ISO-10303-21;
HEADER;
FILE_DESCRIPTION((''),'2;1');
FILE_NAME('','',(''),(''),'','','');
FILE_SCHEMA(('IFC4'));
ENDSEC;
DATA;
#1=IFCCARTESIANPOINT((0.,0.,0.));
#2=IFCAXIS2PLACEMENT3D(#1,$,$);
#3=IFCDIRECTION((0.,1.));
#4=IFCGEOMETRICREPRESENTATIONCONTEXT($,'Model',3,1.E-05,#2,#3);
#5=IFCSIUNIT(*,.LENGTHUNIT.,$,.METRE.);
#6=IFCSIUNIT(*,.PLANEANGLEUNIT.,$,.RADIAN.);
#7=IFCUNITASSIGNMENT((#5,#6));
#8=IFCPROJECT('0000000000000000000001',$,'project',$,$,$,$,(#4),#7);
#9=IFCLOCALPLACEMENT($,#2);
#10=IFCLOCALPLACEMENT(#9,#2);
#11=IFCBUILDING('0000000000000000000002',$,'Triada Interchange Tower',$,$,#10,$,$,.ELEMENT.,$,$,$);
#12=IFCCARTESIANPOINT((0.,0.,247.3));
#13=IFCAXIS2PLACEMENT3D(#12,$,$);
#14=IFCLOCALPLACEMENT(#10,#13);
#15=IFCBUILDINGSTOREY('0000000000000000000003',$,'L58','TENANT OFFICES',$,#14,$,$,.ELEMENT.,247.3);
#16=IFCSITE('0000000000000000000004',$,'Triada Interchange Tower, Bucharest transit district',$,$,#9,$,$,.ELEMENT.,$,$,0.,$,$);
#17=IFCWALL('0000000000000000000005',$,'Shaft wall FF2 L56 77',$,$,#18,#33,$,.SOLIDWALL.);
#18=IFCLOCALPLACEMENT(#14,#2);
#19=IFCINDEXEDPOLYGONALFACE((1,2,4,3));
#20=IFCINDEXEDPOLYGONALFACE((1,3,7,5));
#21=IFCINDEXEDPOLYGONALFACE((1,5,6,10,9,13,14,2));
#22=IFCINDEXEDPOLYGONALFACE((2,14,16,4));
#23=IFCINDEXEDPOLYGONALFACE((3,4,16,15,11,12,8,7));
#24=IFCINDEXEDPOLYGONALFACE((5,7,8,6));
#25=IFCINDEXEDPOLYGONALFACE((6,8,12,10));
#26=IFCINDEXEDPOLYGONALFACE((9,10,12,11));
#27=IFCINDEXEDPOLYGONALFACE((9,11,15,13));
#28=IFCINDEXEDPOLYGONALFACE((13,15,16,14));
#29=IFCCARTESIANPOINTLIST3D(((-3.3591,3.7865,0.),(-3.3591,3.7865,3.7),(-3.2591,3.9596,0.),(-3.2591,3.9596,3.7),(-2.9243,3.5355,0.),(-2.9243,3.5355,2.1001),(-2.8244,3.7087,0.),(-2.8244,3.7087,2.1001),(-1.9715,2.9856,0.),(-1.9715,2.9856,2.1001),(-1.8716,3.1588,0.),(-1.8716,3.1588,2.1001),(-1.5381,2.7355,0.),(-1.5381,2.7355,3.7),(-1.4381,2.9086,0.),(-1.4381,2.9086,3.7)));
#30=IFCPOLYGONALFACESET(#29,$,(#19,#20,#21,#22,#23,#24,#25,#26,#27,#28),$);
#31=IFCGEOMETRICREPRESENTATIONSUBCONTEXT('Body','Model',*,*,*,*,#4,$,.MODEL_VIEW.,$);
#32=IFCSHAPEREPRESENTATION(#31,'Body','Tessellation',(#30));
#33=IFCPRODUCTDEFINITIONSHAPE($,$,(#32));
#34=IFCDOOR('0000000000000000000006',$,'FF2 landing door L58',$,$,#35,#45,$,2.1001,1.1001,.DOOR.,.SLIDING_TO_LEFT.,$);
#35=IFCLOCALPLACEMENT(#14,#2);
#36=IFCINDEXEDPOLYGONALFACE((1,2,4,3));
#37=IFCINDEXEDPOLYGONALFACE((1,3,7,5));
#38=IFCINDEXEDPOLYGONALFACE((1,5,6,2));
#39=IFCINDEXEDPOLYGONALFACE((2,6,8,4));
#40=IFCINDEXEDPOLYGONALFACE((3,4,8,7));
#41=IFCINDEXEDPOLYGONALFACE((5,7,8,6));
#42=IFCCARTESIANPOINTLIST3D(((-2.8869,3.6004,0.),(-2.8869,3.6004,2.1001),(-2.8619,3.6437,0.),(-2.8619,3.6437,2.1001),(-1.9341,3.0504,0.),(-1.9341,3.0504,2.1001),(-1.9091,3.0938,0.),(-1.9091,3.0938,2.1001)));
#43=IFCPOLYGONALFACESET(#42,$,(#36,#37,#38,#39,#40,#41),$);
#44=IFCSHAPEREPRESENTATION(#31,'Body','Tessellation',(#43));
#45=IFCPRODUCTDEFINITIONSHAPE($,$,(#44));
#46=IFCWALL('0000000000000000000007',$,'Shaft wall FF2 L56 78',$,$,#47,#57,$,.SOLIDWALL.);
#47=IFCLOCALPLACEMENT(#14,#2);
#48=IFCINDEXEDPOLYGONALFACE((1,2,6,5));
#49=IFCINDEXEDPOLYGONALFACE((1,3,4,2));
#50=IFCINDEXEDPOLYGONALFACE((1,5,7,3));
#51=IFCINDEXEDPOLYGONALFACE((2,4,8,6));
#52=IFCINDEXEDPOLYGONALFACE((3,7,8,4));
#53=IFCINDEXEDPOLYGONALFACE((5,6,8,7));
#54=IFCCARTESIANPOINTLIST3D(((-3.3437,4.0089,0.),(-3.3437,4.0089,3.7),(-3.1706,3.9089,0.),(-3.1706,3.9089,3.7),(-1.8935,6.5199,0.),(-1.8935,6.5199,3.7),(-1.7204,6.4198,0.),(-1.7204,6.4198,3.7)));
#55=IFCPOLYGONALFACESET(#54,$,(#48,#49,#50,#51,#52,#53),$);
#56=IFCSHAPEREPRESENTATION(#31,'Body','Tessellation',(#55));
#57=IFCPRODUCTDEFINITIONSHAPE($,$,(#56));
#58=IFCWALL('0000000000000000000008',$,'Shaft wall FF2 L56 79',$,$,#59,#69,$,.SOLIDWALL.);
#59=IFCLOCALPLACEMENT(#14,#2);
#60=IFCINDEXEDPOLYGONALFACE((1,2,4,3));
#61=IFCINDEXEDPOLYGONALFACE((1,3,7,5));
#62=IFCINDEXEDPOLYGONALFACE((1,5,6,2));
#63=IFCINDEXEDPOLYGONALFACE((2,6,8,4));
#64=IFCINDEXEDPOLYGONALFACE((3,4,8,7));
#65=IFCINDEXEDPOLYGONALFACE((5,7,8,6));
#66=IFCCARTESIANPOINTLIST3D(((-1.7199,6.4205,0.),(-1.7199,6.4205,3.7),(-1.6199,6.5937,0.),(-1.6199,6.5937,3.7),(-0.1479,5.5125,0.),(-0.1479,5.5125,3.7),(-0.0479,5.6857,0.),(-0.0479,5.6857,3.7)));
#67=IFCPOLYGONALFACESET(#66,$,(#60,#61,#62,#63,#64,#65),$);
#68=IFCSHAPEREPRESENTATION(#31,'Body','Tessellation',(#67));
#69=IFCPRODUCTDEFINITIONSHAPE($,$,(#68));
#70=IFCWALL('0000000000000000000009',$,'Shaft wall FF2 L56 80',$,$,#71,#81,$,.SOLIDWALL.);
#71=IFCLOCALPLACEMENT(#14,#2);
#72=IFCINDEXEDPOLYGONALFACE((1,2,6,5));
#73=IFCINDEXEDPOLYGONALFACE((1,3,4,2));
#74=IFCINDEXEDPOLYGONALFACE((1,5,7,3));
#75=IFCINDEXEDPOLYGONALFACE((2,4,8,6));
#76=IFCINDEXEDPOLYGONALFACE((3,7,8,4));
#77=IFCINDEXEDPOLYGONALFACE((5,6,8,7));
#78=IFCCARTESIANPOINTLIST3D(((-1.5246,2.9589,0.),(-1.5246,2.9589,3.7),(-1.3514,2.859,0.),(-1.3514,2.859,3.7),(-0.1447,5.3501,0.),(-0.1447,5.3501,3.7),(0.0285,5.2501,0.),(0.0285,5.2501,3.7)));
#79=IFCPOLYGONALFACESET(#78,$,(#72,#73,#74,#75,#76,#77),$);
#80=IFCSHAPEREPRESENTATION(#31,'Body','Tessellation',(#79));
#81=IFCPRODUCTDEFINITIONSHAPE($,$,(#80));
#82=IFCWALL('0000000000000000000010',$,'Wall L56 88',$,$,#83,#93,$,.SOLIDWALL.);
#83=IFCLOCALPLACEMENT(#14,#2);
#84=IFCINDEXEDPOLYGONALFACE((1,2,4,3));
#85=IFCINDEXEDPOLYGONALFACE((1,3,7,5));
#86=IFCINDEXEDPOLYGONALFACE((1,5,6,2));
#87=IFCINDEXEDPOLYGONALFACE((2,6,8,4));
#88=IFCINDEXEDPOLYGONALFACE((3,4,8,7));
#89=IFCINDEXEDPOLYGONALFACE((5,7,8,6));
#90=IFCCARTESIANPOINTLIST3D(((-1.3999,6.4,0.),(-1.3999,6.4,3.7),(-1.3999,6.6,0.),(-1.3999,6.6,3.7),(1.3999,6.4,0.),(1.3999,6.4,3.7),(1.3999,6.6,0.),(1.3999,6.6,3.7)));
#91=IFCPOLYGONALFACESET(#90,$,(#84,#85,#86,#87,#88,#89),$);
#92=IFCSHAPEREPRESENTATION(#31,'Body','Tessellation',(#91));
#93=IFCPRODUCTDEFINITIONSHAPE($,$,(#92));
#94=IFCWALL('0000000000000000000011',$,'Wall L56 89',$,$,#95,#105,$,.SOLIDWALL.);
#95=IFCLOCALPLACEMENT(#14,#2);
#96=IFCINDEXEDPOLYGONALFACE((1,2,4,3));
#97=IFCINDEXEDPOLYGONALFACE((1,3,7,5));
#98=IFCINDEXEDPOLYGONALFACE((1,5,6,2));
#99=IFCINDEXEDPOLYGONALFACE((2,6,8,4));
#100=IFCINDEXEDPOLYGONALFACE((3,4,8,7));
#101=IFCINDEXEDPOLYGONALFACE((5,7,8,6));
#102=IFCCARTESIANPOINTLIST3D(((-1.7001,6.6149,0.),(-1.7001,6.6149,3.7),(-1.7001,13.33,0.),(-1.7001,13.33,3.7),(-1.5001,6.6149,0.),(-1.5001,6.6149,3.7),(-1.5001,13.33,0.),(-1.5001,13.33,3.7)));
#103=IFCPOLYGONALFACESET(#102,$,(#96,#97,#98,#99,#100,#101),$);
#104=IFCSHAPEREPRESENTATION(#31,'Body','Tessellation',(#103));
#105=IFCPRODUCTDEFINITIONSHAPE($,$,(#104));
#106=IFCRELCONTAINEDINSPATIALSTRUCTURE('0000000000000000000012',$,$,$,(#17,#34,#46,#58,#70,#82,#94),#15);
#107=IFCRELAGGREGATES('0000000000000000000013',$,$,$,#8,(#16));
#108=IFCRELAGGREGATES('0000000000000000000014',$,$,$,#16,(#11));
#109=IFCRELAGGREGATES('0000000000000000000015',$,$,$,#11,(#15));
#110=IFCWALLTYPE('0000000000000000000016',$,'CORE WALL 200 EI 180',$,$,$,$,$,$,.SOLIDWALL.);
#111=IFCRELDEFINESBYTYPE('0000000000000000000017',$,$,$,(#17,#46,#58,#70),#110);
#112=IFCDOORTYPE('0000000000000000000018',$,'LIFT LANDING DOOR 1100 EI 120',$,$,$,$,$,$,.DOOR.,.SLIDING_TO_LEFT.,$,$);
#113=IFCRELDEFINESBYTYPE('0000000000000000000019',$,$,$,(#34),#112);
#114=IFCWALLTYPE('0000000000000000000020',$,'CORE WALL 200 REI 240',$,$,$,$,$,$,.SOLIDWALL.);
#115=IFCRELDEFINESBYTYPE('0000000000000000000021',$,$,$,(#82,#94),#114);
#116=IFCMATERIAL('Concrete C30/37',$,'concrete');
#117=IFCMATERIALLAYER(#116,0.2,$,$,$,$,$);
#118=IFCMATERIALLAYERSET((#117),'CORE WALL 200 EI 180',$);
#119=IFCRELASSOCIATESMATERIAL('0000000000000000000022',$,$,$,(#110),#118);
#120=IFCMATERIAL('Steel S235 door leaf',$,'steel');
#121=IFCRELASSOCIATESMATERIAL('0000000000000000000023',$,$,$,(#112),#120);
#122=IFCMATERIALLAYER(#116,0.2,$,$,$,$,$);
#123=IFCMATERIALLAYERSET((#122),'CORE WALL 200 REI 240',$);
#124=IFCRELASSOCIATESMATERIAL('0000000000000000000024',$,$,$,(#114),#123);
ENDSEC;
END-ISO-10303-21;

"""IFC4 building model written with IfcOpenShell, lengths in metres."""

from ifc_helpers import new_model, si_unit, direction, frame, frame_2d, origin, place, context, subcontext, project, spatial, rectangle, extrude, material, layer, layer_set, type_object, element, fill, save


model = new_model("IFC4")

# Units and contexts
model_context = context("Model", 3, precision=1e-05, world=origin(), true_north=direction((0.0, 1.0)))
body_context = subcontext(model_context, "Body", "Model", "MODEL_VIEW")
ifc_project = project(units=[si_unit("LENGTHUNIT", "METRE"), si_unit("PLANEANGLEUNIT", "RADIAN")], contexts=[model_context])

# Site, building, storey
site_placement = place(None, origin())
site = spatial("IfcSite", under=ifc_project, at=site_placement, Name="Triada Interchange Tower, Bucharest transit district", CompositionType="ELEMENT", RefElevation=0.0)
building_placement = place(site_placement, origin())
building = spatial("IfcBuilding", under=site, at=building_placement, Name="Triada Interchange Tower", CompositionType="ELEMENT")
storey_placement = place(building_placement, frame((0.0, 0.0, 247.3)))
storey = spatial("IfcBuildingStorey", under=building, at=storey_placement, Name="L58", Description="TENANT OFFICES", CompositionType="ELEMENT", Elevation=247.3)

# Shared definitions
ifc_material_1 = material(Name="Concrete C30/37", Category="concrete")
ifc_layer_1 = layer(ifc_material_1, 0.2)
ifc_layer_set_1 = layer_set([ifc_layer_1], Name="CORE WALL 200 EI 180")
wall_type_1 = type_object("IfcWallType", Name="CORE WALL 200 EI 180", PredefinedType="SOLIDWALL", material=ifc_layer_set_1)

# Shared definitions
ifc_material_2 = material(Name="Steel S235 door leaf", Category="steel")

# Wall, opening, door
door_type_1 = type_object("IfcDoorType", Name="LIFT LANDING DOOR 1100 EI 120", OperationType="SLIDING_TO_LEFT", PredefinedType="DOOR", material=ifc_material_2)
wall_1_placement = place(storey_placement, frame((-3.3091, 3.873, 0.0), z_axis=(0.0, 0.0, 1.0), x_axis=(0.866099, -0.499873, 0.0)))
wall_1 = element("IfcWall", 1, at=wall_1_placement, inside=storey, type_object=wall_type_1, Name="Shaft wall FF2 L56 77", PredefinedType="SOLIDWALL", context=body_context, shape_type="SweptSolid", body=[
    extrude(rectangle(XDim=2.1025, YDim=0.2, at=frame_2d((1.0513, 0.0))), origin(), (0.0, 0.0, 1.0), 3.7),
])
opening_1_placement = place(wall_1_placement, frame((0.502, 0.0, 0.0)))
opening_1 = element("IfcOpeningElement", 2, at=opening_1_placement, cuts=wall_1, PredefinedType="OPENING", context=body_context, shape_type="SweptSolid", body=[
    extrude(rectangle(XDim=1.1001, YDim=2.1001, at=frame_2d((0.55, 1.05))), frame((0.0, 0.1099, 0.0), z_axis=(0.0, -1.0, 0.0), x_axis=(1.0, 0.0, 0.0)), (0.0, 0.0, 1.0), 0.22),
])
door_1_placement = place(opening_1_placement, origin())
door_1 = element("IfcDoor", 3, at=door_1_placement, inside=storey, type_object=door_type_1, Name="FF2 landing door L58", OperationType="SLIDING_TO_LEFT", OverallHeight=2.1001, OverallWidth=1.1001, PredefinedType="DOOR", context=body_context, shape_type="SweptSolid", body=[
    extrude(rectangle(XDim=1.1001, YDim=2.1001, at=frame_2d((0.55, 1.05))), frame((0.0, 0.0249, 0.0), z_axis=(0.0, -1.0, 0.0), x_axis=(1.0, 0.0, 0.0)), (0.0, 0.0, 1.0), 0.05),
])
fill(opening_1, door_1)

# Walls
wall_2_placement = place(storey_placement, frame((-3.2571, 3.959, 0.0), z_axis=(0.0, 0.0, 1.0), x_axis=(0.500123, 0.865954, 0.0)))
element("IfcWall", 4, at=wall_2_placement, inside=storey, type_object=wall_type_1, Name="Shaft wall FF2 L56 78", PredefinedType="SOLIDWALL", context=body_context, shape_type="SweptSolid", body=[
    extrude(rectangle(XDim=2.8997, YDim=0.2, at=frame_2d((1.4497, 0.0))), origin(), (0.0, 0.0, 1.0), 3.7),
])
wall_3_placement = place(storey_placement, frame((-1.6699, 6.5071, 0.0), z_axis=(0.0, 0.0, 1.0), x_axis=(0.865941, -0.500145, 0.0)))
element("IfcWall", 5, at=wall_3_placement, inside=storey, type_object=wall_type_1, Name="Shaft wall FF2 L56 79", PredefinedType="SOLIDWALL", context=body_context, shape_type="SweptSolid", body=[
    extrude(rectangle(XDim=1.8154, YDim=0.2, at=frame_2d((0.9077, 0.0))), origin(), (0.0, 0.0, 1.0), 3.7),
])
wall_4_placement = place(storey_placement, frame((-1.438, 2.9089, 0.0), z_axis=(0.0, 0.0, 1.0), x_axis=(0.49983, 0.866124, 0.0)))
element("IfcWall", 6, at=wall_4_placement, inside=storey, type_object=wall_type_1, Name="Shaft wall FF2 L56 80", PredefinedType="SOLIDWALL", context=body_context, shape_type="SweptSolid", body=[
    extrude(rectangle(XDim=2.7607, YDim=0.2, at=frame_2d((1.3804, 0.0))), origin(), (0.0, 0.0, 1.0), 3.7),
])
ifc_layer_2 = layer(ifc_material_1, 0.2)
ifc_layer_set_2 = layer_set([ifc_layer_2], Name="CORE WALL 200 REI 240")
wall_type_2 = type_object("IfcWallType", Name="CORE WALL 200 REI 240", PredefinedType="SOLIDWALL", material=ifc_layer_set_2)
wall_5_placement = place(storey_placement, frame((-1.3999, 6.5, 0.0), z_axis=(0.0, 0.0, 1.0), x_axis=(1.0, 0.0, 0.0)))
element("IfcWall", 7, at=wall_5_placement, inside=storey, type_object=wall_type_2, Name="Wall L56 88", PredefinedType="SOLIDWALL", context=body_context, shape_type="SweptSolid", body=[
    extrude(rectangle(XDim=2.7998, YDim=0.2, at=frame_2d((1.3999, 0.0))), origin(), (0.0, 0.0, 1.0), 3.7),
])
wall_6_placement = place(storey_placement, frame((-1.6001, 6.615, 0.0), z_axis=(0.0, 0.0, 1.0), x_axis=(0.0, 1.0, 0.0)))
element("IfcWall", 8, at=wall_6_placement, inside=storey, type_object=wall_type_2, Name="Wall L56 89", PredefinedType="SOLIDWALL", context=body_context, shape_type="SweptSolid", body=[
    extrude(rectangle(XDim=6.7151, YDim=0.2, at=frame_2d((3.3574, 0.0))), origin(), (0.0, 0.0, 1.0), 3.7),
])

save(model, "model.ifc")
